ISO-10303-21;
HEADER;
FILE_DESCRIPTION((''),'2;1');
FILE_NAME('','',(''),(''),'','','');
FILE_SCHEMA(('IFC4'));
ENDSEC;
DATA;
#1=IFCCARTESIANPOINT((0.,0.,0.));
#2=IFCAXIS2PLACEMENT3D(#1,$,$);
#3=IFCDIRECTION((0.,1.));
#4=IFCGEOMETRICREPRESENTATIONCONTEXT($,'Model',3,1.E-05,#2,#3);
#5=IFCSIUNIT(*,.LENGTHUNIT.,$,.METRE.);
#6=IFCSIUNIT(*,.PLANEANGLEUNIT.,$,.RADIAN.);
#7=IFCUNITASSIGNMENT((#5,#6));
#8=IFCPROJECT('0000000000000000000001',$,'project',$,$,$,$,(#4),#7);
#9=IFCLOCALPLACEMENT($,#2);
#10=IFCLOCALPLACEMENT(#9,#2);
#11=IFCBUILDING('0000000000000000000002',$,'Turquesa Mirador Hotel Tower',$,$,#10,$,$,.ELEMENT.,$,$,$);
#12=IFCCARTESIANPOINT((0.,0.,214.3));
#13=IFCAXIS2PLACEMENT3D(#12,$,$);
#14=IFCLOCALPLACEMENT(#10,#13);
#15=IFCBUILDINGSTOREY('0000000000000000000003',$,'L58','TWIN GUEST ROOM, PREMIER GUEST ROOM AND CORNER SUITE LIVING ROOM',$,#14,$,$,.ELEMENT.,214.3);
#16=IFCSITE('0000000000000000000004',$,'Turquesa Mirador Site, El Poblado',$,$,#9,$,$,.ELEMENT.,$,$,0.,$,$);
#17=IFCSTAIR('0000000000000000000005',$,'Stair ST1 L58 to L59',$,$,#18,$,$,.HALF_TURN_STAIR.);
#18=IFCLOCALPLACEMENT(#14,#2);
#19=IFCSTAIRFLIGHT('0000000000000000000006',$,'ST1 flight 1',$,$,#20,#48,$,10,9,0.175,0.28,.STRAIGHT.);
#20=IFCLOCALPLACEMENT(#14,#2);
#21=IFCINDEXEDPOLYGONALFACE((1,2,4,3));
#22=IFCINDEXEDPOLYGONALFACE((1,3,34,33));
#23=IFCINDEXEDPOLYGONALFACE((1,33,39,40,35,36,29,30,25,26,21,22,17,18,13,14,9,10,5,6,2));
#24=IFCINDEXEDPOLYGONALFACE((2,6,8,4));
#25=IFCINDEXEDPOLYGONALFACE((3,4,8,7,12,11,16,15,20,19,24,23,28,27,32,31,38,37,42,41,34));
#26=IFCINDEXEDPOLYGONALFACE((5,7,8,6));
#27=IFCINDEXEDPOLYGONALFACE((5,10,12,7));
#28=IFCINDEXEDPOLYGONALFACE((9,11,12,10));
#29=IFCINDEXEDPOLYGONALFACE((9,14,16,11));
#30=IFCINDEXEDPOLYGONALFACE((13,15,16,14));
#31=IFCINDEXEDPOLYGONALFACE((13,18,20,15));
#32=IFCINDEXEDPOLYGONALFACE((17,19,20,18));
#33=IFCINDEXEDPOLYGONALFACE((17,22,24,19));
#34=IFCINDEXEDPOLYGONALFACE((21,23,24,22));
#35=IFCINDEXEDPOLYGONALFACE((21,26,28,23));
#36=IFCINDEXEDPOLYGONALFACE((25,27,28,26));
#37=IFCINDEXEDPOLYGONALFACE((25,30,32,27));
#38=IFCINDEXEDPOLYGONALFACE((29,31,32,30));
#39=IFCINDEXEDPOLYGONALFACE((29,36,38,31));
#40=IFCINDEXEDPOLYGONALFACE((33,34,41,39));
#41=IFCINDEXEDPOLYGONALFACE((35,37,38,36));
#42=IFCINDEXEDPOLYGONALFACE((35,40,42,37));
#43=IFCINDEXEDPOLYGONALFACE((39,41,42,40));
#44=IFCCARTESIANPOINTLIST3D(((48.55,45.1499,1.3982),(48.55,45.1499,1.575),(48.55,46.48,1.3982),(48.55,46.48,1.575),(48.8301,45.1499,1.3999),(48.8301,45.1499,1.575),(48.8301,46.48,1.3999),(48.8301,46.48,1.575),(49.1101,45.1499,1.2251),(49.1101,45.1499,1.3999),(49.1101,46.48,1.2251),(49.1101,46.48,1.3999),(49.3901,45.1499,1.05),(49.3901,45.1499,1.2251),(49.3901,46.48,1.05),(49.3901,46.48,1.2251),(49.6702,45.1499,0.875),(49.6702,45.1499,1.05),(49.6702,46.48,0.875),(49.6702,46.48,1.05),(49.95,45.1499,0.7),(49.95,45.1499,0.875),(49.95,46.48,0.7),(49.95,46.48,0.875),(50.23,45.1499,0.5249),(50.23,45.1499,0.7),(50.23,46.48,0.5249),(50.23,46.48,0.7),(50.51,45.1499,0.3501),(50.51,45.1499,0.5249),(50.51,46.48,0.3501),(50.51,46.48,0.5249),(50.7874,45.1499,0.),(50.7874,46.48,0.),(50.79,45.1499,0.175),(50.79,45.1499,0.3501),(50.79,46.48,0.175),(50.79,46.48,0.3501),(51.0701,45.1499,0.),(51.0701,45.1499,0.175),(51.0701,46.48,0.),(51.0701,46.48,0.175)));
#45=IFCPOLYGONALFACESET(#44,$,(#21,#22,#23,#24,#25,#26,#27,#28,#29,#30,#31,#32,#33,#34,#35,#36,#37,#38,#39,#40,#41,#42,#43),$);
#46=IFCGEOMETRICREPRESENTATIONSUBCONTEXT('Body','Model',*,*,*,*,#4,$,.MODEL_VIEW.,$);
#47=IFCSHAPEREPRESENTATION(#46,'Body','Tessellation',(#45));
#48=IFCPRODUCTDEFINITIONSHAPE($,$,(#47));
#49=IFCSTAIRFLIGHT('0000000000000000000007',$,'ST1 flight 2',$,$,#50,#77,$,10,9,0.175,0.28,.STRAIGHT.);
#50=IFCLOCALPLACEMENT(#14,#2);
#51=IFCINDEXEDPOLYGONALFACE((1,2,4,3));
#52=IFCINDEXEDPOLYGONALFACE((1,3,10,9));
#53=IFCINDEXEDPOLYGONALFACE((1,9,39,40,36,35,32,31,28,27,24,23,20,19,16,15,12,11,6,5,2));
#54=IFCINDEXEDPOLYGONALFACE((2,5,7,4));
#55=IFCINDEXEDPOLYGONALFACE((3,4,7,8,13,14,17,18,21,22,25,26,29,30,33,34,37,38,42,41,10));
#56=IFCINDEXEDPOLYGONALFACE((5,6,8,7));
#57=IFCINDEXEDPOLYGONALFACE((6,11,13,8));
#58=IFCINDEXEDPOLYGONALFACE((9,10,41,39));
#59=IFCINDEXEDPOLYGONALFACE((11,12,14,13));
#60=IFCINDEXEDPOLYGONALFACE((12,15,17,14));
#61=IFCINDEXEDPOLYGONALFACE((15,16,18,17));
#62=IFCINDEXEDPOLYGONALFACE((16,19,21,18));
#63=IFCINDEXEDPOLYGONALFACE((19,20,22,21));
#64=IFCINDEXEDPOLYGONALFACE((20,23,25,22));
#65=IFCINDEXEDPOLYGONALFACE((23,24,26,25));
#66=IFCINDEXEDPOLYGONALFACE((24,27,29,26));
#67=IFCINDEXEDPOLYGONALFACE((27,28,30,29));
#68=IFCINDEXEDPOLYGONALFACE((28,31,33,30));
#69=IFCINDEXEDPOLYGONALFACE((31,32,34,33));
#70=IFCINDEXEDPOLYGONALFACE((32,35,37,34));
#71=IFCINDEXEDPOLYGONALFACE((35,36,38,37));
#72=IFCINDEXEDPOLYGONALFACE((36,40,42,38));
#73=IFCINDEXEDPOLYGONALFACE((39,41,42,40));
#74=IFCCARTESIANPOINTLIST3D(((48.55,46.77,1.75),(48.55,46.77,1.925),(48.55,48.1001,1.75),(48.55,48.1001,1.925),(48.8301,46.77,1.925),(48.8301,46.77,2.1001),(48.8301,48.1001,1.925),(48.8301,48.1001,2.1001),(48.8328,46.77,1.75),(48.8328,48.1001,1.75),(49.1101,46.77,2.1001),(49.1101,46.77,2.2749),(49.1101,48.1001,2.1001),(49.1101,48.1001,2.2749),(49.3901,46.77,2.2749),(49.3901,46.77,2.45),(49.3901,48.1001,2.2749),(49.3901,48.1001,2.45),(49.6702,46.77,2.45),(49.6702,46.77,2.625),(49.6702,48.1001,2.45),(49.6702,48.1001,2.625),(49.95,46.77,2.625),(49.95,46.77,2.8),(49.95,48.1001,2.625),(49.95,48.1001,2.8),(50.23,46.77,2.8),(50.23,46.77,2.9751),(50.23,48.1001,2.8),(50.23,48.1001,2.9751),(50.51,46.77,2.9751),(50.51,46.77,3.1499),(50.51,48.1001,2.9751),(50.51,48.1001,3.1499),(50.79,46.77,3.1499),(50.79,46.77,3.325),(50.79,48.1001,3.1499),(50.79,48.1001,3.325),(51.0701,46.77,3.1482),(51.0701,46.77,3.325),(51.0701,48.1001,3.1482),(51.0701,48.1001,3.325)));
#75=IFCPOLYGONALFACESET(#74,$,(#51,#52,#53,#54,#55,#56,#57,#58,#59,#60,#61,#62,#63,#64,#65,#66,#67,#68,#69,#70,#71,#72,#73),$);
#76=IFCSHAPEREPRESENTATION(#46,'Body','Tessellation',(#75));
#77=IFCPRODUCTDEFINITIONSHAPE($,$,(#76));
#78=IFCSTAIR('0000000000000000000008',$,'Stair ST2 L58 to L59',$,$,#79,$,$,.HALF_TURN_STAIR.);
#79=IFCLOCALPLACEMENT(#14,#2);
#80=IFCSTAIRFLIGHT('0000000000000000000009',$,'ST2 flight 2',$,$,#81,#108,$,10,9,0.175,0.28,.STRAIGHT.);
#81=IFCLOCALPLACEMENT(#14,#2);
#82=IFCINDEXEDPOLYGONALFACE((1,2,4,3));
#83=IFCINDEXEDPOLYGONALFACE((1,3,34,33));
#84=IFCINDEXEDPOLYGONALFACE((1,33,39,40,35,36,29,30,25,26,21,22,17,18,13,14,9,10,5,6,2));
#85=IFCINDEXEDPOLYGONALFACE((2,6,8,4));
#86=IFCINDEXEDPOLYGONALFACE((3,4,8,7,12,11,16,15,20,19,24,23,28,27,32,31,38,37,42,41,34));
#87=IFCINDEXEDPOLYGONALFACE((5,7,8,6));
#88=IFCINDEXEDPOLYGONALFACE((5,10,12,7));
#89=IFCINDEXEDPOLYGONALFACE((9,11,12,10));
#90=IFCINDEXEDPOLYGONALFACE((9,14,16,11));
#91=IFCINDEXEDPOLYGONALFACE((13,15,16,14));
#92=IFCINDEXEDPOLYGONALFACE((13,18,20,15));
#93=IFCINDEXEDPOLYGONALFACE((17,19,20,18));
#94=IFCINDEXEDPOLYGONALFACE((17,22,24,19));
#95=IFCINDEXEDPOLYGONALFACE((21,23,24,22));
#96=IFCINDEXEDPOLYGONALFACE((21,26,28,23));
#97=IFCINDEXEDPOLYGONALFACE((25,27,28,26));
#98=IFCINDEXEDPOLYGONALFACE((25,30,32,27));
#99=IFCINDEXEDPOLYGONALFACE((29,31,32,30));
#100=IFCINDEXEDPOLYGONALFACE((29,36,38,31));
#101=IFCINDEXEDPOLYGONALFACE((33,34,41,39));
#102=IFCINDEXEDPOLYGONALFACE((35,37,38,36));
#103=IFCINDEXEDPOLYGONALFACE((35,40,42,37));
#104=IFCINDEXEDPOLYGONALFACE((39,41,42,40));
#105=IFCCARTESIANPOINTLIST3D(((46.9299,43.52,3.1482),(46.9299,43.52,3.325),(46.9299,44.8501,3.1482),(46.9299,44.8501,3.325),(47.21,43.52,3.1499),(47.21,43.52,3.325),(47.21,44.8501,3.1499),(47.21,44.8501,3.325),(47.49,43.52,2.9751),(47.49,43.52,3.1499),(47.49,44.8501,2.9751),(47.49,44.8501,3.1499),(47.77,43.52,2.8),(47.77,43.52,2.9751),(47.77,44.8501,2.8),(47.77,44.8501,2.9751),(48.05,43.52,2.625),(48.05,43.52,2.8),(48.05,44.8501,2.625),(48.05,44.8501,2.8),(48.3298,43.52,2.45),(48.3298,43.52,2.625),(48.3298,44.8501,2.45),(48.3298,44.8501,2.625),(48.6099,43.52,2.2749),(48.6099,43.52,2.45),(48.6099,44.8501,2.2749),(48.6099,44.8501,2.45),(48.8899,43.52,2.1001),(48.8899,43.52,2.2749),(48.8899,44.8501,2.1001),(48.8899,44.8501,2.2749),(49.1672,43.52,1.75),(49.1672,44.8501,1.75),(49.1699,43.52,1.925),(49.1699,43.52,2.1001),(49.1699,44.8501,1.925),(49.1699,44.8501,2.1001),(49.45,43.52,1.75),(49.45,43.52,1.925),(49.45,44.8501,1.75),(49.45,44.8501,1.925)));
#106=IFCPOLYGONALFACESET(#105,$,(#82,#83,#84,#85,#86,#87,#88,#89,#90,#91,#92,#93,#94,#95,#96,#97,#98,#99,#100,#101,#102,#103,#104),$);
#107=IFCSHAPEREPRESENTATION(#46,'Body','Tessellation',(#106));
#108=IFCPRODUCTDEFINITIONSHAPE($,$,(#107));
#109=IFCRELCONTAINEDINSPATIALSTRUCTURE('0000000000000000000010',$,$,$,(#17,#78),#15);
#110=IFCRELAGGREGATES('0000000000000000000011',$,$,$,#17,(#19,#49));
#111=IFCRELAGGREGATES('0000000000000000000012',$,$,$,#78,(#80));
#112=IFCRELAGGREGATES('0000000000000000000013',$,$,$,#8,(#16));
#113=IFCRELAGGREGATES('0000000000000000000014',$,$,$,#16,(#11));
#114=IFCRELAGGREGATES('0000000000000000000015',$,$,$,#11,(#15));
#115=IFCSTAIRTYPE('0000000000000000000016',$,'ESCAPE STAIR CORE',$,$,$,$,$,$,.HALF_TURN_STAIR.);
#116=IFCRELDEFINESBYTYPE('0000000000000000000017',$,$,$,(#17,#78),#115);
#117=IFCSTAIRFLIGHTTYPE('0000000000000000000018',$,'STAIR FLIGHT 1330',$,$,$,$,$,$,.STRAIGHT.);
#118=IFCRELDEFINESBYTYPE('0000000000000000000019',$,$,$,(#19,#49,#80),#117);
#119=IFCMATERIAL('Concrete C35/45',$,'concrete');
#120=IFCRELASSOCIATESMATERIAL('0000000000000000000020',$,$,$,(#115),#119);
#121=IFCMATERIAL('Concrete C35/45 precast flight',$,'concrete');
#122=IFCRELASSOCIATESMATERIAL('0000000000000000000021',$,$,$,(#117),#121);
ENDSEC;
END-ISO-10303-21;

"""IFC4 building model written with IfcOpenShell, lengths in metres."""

from ifc_helpers import new_model, si_unit, direction, frame, origin, place, context, subcontext, project, spatial, polyline, outline, extrude, material, type_object, element, aggregate, save


model = new_model("IFC4")

# Units and contexts
model_context = context("Model", 3, precision=1e-05, world=origin(), true_north=direction((0.0, 1.0)))
body_context = subcontext(model_context, "Body", "Model", "MODEL_VIEW")
ifc_project = project(units=[si_unit("LENGTHUNIT", "METRE"), si_unit("PLANEANGLEUNIT", "RADIAN")], contexts=[model_context])

# Site, building, storey
site_placement = place(None, origin())
site = spatial("IfcSite", under=ifc_project, at=site_placement, Name="Turquesa Mirador Site, El Poblado", CompositionType="ELEMENT", RefElevation=0.0)
building_placement = place(site_placement, origin())
building = spatial("IfcBuilding", under=site, at=building_placement, Name="Turquesa Mirador Hotel Tower", CompositionType="ELEMENT")
storey_placement = place(building_placement, frame((0.0, 0.0, 214.3)))
storey = spatial("IfcBuildingStorey", under=building, at=storey_placement, Name="L58", Description="TWIN GUEST ROOM, PREMIER GUEST ROOM AND CORNER SUITE LIVING ROOM", CompositionType="ELEMENT", Elevation=214.3)

# Stair, stair flights
ifc_material_1 = material(Name="Concrete C35/45", Category="concrete")
stair_type = type_object("IfcStairType", Name="ESCAPE STAIR CORE", PredefinedType="HALF_TURN_STAIR", material=ifc_material_1)
stair_1_placement = place(storey_placement, origin())
stair_1 = element("IfcStair", 1, at=stair_1_placement, inside=storey, type_object=stair_type, Name="Stair ST1 L58 to L59", PredefinedType="HALF_TURN_STAIR")
ifc_material_2 = material(Name="Concrete C35/45 precast flight", Category="concrete")
stair_flight_type = type_object("IfcStairFlightType", Name="STAIR FLIGHT 1330", PredefinedType="STRAIGHT", material=ifc_material_2)
stair_flight_1_placement = place(storey_placement, frame((51.0701, 45.8149, 0.0), z_axis=(0.0, 0.0, 1.0), x_axis=(-1.0, 0.0, 0.0)))
stair_flight_1 = element("IfcStairFlight", 2, at=stair_flight_1_placement, type_object=stair_flight_type, Name="ST1 flight 1", NumberOfRisers=10, NumberOfTreads=9, PredefinedType="STRAIGHT", RiserHeight=0.175, TreadLength=0.28, context=body_context, shape_type="SweptSolid", body=[
    extrude(outline(polyline([(0.0, 0.0), (0.0, 0.175), (0.28, 0.175), (0.28, 0.3501), (0.5601, 0.3501), (0.5601, 0.5249), (0.8401, 0.5249), (0.8401, 0.7), (1.1201, 0.7), (1.1201, 0.875), (1.3999, 0.875), (1.3999, 1.05), (1.6799, 1.05), (1.6799, 1.2251), (1.96, 1.2251), (1.96, 1.3999), (2.24, 1.3999), (2.24, 1.575), (2.52, 1.575), (2.52, 1.75), (2.52, 1.3982), (0.2827, 0.0), (0.0, 0.0)])), frame((0.0, 0.665, 0.0), z_axis=(0.0, -1.0, 0.0), x_axis=(1.0, 0.0, 0.0)), (0.0, 0.0, 1.0), 1.3301),
])
stair_flight_2_placement = place(storey_placement, frame((48.55, 47.4351, 1.75), z_axis=(0.0, 0.0, 1.0), x_axis=(1.0, 0.0, 0.0)))
stair_flight_2 = element("IfcStairFlight", 3, at=stair_flight_2_placement, type_object=stair_flight_type, Name="ST1 flight 2", NumberOfRisers=10, NumberOfTreads=9, PredefinedType="STRAIGHT", RiserHeight=0.175, TreadLength=0.28, context=body_context, shape_type="SweptSolid", body=[
    extrude(outline(polyline([(0.0, 0.0), (0.0, 0.175), (0.28, 0.175), (0.28, 0.3501), (0.5601, 0.3501), (0.5601, 0.5249), (0.8401, 0.5249), (0.8401, 0.7), (1.1201, 0.7), (1.1201, 0.875), (1.3999, 0.875), (1.3999, 1.05), (1.6799, 1.05), (1.6799, 1.2251), (1.96, 1.2251), (1.96, 1.3999), (2.24, 1.3999), (2.24, 1.575), (2.52, 1.575), (2.52, 1.75), (2.52, 1.3982), (0.2827, 0.0), (0.0, 0.0)])), frame((0.0, 0.665, 0.0), z_axis=(0.0, -1.0, 0.0), x_axis=(1.0, 0.0, 0.0)), (0.0, 0.0, 1.0), 1.3301),
])
aggregate(stair_1, [stair_flight_1, stair_flight_2])

# Stair, stair flight
stair_2_placement = place(storey_placement, origin())
stair_2 = element("IfcStair", 4, at=stair_2_placement, inside=storey, type_object=stair_type, Name="Stair ST2 L58 to L59", PredefinedType="HALF_TURN_STAIR")
stair_flight_3_placement = place(storey_placement, frame((49.45, 44.1851, 1.75), z_axis=(0.0, 0.0, 1.0), x_axis=(-1.0, 0.0, 0.0)))
stair_flight_3 = element("IfcStairFlight", 5, at=stair_flight_3_placement, type_object=stair_flight_type, Name="ST2 flight 2", NumberOfRisers=10, NumberOfTreads=9, PredefinedType="STRAIGHT", RiserHeight=0.175, TreadLength=0.28, context=body_context, shape_type="SweptSolid", body=[
    extrude(outline(polyline([(0.0, 0.0), (0.0, 0.175), (0.28, 0.175), (0.28, 0.3501), (0.5601, 0.3501), (0.5601, 0.5249), (0.8401, 0.5249), (0.8401, 0.7), (1.1201, 0.7), (1.1201, 0.875), (1.3999, 0.875), (1.3999, 1.05), (1.6799, 1.05), (1.6799, 1.2251), (1.96, 1.2251), (1.96, 1.3999), (2.24, 1.3999), (2.24, 1.575), (2.52, 1.575), (2.52, 1.75), (2.52, 1.3982), (0.2827, 0.0), (0.0, 0.0)])), frame((0.0, 0.665, 0.0), z_axis=(0.0, -1.0, 0.0), x_axis=(1.0, 0.0, 0.0)), (0.0, 0.0, 1.0), 1.3301),
])
aggregate(stair_2, [stair_flight_3])

save(model, "model.ifc")
